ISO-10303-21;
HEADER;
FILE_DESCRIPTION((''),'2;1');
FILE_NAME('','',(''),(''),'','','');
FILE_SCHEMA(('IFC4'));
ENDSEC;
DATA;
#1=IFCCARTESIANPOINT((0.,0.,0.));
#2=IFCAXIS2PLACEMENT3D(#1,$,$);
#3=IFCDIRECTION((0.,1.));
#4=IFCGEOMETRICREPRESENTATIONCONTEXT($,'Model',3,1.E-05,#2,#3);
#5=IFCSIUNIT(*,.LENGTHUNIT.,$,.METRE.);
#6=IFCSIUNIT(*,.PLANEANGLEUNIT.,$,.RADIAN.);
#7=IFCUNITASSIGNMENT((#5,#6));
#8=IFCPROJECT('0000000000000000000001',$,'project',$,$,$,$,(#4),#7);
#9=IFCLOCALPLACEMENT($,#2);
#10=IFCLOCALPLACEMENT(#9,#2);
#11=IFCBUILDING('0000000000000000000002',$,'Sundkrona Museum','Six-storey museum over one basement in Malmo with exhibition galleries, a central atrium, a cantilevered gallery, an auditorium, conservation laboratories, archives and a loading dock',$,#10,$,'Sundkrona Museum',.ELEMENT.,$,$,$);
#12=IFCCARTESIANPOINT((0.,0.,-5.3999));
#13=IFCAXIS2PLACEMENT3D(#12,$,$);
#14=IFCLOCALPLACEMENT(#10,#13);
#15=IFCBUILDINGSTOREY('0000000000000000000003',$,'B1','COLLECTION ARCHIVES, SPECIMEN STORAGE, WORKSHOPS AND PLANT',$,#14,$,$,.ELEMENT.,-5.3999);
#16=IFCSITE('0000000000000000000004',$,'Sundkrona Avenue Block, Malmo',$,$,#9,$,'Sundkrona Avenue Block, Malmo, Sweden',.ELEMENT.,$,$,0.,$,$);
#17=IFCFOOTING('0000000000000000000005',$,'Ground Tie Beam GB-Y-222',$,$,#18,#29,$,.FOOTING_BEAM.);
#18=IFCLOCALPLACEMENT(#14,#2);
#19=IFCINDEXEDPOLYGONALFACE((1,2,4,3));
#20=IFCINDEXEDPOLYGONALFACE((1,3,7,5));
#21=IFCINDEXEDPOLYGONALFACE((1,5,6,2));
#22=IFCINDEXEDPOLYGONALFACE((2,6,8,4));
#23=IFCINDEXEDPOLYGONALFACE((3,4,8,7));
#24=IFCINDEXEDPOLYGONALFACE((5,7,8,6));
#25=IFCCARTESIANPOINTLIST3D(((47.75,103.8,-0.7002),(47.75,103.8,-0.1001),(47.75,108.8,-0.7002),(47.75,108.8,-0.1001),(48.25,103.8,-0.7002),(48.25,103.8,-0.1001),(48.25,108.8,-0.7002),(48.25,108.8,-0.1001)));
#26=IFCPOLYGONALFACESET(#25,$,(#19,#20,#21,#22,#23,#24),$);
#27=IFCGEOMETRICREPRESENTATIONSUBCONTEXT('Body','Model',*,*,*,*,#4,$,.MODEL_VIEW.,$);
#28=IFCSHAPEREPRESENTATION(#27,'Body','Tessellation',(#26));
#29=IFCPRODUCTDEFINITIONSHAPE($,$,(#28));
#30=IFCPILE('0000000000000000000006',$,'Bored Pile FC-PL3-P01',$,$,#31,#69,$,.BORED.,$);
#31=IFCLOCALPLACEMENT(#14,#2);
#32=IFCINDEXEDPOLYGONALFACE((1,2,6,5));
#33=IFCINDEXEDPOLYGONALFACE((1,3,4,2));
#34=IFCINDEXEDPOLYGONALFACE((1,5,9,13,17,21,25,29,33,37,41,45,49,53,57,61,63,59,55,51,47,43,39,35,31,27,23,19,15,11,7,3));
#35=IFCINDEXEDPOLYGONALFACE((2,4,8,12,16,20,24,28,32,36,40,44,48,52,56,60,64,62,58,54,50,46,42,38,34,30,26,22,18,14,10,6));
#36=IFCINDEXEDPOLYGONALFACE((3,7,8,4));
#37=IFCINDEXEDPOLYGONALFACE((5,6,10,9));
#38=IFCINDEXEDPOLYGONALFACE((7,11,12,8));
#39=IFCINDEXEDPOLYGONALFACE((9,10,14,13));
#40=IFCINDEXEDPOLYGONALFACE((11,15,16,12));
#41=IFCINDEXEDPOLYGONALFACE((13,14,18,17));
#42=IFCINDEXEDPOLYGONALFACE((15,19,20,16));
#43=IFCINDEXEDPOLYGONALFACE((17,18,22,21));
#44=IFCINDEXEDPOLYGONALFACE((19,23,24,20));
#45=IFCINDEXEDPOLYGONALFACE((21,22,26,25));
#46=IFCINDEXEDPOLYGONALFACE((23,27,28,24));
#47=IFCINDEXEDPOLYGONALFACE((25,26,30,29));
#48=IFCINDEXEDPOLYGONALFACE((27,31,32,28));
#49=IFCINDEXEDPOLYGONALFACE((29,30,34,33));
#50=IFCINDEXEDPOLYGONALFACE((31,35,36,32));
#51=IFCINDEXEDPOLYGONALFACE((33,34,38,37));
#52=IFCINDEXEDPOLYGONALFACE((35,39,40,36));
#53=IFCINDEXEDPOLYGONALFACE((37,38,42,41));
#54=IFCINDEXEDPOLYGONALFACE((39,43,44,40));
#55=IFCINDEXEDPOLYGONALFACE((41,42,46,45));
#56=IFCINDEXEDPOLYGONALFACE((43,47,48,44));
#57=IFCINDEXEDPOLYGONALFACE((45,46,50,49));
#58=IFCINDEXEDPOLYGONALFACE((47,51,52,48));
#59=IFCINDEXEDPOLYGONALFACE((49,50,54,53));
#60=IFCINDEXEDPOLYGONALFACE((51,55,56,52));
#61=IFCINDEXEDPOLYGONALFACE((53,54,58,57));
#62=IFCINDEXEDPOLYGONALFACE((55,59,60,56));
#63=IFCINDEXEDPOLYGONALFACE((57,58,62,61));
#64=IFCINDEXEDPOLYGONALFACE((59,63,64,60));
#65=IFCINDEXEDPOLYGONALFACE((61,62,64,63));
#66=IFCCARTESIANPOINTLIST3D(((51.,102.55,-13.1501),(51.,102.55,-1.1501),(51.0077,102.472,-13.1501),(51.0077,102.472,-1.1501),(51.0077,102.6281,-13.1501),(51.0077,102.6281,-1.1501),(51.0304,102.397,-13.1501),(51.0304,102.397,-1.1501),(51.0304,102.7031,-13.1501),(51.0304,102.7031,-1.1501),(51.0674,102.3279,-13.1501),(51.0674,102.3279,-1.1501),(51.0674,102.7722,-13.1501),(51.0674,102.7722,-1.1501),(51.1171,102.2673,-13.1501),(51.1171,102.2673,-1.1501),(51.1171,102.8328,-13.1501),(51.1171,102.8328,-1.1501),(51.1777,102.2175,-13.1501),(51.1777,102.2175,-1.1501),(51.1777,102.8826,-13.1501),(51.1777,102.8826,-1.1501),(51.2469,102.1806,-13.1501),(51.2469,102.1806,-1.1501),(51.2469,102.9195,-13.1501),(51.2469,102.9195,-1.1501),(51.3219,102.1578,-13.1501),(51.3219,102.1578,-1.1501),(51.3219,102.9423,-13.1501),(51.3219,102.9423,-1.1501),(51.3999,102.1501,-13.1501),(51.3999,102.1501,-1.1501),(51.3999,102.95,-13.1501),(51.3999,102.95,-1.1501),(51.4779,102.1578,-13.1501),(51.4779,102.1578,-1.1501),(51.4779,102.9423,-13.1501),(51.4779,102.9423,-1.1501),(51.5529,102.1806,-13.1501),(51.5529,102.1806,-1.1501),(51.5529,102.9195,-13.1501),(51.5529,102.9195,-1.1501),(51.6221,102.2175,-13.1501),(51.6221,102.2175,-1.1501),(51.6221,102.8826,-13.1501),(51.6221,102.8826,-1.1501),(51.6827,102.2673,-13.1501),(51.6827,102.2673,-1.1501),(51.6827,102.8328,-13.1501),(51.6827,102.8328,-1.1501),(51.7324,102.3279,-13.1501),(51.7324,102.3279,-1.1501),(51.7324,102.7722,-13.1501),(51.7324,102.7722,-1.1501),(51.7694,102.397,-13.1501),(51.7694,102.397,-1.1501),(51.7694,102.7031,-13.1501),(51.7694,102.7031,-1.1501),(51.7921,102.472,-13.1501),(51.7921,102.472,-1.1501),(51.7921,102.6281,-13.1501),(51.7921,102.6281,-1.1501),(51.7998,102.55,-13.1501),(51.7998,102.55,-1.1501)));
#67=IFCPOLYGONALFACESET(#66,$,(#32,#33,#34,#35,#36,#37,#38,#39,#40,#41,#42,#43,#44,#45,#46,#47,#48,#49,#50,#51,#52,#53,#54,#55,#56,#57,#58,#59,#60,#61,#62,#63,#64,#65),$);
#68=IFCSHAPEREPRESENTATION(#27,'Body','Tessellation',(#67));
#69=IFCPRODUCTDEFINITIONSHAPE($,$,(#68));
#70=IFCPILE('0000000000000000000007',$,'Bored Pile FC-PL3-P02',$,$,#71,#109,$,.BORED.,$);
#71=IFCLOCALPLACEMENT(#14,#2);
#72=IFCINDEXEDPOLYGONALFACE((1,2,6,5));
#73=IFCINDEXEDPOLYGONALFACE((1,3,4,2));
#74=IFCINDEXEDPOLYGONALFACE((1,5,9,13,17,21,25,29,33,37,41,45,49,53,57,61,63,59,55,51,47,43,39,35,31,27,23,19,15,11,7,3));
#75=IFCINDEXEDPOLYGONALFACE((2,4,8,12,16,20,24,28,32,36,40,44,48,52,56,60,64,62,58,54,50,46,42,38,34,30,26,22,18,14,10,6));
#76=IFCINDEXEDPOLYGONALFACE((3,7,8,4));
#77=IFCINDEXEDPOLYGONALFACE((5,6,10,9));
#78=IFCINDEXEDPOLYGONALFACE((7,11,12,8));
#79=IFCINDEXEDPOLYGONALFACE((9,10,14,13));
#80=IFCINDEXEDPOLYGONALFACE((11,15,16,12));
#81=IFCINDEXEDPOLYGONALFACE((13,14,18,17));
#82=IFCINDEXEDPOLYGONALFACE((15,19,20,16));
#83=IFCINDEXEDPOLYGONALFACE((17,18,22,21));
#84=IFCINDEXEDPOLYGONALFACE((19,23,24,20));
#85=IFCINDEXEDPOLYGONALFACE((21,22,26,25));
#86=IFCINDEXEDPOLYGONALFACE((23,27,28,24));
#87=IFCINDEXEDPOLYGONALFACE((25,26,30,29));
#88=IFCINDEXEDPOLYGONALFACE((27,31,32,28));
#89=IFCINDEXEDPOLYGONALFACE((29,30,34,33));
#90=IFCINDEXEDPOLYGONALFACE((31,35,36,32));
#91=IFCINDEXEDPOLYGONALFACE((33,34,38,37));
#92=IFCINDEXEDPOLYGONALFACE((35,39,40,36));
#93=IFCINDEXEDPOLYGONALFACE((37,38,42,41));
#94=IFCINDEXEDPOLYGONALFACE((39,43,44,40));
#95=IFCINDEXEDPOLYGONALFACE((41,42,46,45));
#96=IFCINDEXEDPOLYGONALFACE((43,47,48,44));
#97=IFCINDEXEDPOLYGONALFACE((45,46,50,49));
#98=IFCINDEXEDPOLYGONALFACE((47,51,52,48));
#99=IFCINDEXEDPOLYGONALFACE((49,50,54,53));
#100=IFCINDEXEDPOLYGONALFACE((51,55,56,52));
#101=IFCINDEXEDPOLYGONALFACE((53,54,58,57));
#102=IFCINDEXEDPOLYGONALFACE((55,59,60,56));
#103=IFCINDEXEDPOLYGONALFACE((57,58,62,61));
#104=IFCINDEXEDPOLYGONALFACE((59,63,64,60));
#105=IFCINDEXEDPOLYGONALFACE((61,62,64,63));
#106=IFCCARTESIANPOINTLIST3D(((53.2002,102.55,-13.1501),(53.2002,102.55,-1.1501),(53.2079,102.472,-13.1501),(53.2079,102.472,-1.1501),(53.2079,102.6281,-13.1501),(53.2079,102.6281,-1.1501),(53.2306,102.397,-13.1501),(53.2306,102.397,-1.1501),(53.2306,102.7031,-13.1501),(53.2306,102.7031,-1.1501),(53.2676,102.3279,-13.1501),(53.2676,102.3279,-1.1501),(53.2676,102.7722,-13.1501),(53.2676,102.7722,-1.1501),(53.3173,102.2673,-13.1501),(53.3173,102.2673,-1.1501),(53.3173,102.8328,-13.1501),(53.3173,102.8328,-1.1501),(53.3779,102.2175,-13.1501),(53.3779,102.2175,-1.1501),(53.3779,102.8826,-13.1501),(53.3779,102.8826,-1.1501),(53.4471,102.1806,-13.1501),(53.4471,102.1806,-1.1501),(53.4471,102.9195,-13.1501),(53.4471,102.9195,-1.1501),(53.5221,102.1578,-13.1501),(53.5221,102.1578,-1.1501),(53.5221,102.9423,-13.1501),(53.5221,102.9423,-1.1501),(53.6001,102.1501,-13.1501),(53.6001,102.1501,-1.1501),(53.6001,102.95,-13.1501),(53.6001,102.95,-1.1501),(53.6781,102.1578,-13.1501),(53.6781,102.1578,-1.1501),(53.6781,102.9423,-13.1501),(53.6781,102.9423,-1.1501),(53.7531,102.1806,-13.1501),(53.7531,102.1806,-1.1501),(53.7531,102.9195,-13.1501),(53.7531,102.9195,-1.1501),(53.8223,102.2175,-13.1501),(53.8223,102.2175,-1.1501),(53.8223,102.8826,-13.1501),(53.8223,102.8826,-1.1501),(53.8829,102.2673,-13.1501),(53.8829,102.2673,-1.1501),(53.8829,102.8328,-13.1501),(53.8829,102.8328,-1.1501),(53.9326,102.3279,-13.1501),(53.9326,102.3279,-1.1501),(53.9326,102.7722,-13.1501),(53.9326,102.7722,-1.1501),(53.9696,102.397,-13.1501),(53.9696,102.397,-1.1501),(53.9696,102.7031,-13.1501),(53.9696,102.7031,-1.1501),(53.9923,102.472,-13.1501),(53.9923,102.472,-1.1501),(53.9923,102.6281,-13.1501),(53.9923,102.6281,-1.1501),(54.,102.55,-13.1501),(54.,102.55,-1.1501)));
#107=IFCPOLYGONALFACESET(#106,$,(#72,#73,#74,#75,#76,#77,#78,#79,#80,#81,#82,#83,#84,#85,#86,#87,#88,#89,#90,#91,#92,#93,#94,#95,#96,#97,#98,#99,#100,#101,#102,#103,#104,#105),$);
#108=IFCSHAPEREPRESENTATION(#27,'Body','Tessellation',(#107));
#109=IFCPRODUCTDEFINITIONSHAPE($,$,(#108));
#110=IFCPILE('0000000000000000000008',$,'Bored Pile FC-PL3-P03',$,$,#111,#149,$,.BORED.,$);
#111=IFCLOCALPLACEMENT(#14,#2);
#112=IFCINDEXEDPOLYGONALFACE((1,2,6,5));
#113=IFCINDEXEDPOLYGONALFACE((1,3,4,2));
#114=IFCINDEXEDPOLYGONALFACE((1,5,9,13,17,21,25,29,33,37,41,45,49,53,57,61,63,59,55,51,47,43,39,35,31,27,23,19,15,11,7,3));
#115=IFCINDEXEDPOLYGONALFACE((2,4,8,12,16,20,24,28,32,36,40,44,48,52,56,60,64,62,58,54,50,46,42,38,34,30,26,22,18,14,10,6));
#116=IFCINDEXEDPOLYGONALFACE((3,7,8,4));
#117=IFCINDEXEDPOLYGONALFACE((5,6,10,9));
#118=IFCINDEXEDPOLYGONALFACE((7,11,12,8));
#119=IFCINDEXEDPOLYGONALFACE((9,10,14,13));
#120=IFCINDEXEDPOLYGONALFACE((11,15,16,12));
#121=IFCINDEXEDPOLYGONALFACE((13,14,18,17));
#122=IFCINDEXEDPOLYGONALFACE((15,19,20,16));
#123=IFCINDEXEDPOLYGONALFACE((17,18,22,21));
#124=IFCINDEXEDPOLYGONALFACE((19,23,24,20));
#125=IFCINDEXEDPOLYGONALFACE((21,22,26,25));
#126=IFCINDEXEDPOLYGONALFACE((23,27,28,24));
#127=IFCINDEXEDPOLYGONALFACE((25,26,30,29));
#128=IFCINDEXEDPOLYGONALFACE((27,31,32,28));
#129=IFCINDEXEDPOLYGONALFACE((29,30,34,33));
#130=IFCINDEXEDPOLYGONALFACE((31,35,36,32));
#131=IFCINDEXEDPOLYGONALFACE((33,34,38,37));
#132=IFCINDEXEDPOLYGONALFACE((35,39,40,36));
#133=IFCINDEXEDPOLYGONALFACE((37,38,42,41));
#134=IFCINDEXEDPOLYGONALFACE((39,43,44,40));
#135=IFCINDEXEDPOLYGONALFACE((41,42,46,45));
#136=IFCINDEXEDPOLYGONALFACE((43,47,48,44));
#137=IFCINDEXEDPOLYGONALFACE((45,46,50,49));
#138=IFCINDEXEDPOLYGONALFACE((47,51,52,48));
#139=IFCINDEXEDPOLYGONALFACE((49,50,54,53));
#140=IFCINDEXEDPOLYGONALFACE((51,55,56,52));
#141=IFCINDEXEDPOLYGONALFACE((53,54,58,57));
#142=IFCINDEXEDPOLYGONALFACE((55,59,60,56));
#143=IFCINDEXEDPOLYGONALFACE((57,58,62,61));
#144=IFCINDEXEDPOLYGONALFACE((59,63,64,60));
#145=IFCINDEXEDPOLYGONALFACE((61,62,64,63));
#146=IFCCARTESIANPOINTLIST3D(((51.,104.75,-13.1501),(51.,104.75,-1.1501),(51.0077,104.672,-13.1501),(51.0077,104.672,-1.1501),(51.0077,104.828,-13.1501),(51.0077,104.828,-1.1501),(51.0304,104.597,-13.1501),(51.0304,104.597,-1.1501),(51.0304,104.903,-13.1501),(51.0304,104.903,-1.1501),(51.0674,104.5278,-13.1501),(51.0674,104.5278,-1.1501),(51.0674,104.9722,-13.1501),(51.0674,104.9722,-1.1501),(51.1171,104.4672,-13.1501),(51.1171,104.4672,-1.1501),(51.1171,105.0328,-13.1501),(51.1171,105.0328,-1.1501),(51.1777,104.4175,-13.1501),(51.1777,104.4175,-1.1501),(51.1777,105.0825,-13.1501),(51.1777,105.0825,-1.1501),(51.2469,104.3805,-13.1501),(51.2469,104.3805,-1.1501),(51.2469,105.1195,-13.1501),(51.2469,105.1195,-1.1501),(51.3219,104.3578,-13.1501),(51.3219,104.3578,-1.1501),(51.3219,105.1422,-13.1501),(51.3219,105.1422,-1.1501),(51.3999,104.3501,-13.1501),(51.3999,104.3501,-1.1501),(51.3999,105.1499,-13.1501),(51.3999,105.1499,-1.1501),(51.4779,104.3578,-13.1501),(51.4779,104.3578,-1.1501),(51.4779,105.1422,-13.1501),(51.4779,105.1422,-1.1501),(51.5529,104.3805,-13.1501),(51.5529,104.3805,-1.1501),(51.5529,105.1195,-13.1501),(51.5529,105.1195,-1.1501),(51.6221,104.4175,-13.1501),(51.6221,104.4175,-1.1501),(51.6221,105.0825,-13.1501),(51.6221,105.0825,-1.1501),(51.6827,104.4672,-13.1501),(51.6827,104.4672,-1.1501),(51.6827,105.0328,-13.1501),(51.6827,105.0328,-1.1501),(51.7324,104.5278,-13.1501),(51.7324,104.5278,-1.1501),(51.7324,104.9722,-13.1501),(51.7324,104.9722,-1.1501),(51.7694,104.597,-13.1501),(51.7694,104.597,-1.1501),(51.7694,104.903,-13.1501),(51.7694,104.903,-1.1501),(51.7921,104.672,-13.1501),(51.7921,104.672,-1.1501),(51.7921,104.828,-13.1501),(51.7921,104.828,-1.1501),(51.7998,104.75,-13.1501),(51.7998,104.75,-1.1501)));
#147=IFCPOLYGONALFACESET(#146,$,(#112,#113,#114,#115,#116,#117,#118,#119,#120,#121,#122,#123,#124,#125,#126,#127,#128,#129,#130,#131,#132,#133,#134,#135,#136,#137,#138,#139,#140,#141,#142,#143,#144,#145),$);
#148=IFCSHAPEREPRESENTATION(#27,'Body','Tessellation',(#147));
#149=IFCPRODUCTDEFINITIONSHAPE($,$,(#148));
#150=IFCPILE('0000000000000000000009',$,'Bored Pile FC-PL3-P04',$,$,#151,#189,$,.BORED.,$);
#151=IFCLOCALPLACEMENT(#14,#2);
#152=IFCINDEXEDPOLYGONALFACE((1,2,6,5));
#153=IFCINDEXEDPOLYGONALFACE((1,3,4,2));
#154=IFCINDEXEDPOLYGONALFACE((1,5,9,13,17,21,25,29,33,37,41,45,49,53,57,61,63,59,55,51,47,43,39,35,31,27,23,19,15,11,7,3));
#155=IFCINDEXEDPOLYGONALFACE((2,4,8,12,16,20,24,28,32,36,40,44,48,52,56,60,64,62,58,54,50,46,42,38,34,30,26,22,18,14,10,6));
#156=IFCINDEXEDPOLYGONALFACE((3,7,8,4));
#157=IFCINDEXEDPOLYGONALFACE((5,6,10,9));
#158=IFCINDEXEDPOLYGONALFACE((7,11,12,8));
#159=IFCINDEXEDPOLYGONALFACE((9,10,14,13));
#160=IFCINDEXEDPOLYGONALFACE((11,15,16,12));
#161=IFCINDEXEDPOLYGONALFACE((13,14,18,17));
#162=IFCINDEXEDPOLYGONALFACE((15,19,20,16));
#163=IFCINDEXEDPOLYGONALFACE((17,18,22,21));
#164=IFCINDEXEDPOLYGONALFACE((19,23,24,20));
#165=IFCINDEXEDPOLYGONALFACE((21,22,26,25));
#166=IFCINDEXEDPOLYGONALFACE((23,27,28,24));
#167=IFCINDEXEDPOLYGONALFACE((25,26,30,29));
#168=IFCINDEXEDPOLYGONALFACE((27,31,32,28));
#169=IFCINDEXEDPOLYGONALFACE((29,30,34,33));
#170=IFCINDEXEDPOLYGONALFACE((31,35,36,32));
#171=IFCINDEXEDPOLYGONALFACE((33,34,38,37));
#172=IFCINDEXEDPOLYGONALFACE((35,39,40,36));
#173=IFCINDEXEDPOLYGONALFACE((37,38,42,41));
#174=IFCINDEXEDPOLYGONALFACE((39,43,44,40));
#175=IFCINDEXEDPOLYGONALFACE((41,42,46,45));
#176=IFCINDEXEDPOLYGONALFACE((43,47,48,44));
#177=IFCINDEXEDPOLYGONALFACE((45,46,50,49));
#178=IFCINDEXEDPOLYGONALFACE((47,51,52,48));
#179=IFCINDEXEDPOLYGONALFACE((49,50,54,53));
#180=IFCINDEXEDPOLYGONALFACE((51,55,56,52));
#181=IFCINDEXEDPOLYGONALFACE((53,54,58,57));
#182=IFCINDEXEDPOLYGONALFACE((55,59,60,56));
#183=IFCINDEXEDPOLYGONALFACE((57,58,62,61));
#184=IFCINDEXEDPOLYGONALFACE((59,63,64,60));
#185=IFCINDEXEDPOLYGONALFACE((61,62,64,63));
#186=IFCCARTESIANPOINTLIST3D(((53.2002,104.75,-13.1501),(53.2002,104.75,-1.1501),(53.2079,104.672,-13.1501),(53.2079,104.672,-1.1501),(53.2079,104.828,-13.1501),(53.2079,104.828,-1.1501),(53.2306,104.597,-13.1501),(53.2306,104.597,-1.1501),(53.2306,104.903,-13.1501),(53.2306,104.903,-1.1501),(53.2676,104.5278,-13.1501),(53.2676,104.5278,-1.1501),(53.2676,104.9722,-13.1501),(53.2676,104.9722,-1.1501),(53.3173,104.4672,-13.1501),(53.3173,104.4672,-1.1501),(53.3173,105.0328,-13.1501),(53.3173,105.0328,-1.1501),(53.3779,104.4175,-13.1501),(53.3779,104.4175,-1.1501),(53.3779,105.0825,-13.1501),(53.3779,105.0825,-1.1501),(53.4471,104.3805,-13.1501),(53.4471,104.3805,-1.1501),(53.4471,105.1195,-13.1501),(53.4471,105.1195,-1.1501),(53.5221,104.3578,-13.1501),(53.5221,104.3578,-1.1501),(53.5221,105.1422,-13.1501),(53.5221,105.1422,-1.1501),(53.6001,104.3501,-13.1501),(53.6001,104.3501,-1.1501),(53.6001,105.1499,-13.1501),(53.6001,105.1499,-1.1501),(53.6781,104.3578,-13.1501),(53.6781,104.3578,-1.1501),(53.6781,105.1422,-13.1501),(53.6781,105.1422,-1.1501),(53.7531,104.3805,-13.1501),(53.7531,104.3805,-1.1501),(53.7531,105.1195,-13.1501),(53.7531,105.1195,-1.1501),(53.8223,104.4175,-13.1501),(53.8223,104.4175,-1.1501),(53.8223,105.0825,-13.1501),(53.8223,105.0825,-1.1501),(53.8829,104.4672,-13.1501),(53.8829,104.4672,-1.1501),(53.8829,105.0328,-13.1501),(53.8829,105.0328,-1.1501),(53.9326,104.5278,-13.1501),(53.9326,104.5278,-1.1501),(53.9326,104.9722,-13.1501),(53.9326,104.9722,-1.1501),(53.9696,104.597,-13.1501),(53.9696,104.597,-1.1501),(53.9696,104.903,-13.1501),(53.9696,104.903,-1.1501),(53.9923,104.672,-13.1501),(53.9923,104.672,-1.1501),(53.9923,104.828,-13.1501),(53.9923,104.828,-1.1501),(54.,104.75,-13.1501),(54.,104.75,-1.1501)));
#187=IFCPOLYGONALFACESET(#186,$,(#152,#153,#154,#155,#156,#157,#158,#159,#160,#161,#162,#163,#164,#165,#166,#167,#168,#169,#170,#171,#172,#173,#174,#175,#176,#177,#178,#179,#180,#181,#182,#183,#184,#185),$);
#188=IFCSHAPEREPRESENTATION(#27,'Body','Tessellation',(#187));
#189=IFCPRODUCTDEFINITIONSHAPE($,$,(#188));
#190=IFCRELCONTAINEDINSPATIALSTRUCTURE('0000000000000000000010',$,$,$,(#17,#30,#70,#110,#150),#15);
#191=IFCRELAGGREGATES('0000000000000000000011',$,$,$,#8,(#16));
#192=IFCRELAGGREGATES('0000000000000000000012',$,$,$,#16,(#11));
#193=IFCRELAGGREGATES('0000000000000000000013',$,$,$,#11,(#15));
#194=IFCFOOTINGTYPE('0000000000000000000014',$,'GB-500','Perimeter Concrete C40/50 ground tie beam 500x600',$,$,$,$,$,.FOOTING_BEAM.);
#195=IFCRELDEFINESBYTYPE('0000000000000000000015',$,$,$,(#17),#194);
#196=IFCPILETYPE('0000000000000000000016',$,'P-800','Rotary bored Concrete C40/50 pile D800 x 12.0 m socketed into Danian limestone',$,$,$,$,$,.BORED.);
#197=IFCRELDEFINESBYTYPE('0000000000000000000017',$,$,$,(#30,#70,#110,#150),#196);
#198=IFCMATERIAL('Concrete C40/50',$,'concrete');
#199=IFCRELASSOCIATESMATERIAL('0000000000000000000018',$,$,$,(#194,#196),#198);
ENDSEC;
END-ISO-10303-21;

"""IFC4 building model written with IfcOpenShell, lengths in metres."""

from ifc_helpers import new_model, si_unit, direction, frame, origin, origin_2d, place, context, subcontext, project, spatial, rectangle, circle, extrude, material, material_profile, profile_set, type_object, element, save


model = new_model("IFC4")

# Units and contexts
model_context = context("Model", 3, precision=1e-05, world=origin(), true_north=direction((0.0, 1.0)))
body_context = subcontext(model_context, "Body", "Model", "MODEL_VIEW")
ifc_project = project(units=[si_unit("LENGTHUNIT", "METRE"), si_unit("PLANEANGLEUNIT", "RADIAN")], contexts=[model_context])

# Site, building, storey
site_placement = place(None, origin())
site = spatial("IfcSite", under=ifc_project, at=site_placement, Name="Sundkrona Avenue Block, Malmo", LongName="Sundkrona Avenue Block, Malmo, Sweden", CompositionType="ELEMENT", RefElevation=0.0)
building_placement = place(site_placement, origin())
building = spatial("IfcBuilding", under=site, at=building_placement, Name="Sundkrona Museum", Description="Six-storey museum over one basement in Malmo with exhibition galleries, a central atrium, a cantilevered gallery, an auditorium, conservation laboratories, archives and a loading dock", LongName="Sundkrona Museum", CompositionType="ELEMENT")
storey_placement = place(building_placement, frame((0.0, 0.0, -5.3999)))
storey = spatial("IfcBuildingStorey", under=building, at=storey_placement, Name="B1", Description="COLLECTION ARCHIVES, SPECIMEN STORAGE, WORKSHOPS AND PLANT", CompositionType="ELEMENT", Elevation=-5.3999)

# Footing
ifc_material_1 = material(Name="Concrete C40/50", Category="concrete")
footing_type_1 = type_object("IfcFootingType", Name="GB-500", Description="Perimeter Concrete C40/50 ground tie beam 500x600", PredefinedType="FOOTING_BEAM", material=ifc_material_1)
footing_1_placement = place(storey_placement, frame((48.0, 106.3, -0.7002), z_axis=(0.0, 0.0, 1.0), x_axis=(0.0, 1.0, 0.0)))
element("IfcFooting", 1, at=footing_1_placement, inside=storey, type_object=footing_type_1, Name="Ground Tie Beam GB-Y-222", PredefinedType="FOOTING_BEAM", context=body_context, shape_type="SweptSolid", body=[
    extrude(rectangle(XDim=5.0, YDim=0.5, at=origin_2d()), origin(), (0.0, 0.0, 1.0), 0.6001),
])

# Piles
ifc_material_profile_1 = material_profile(ifc_material_1, circle(Radius=0.3999, at=origin_2d()), Name="PILE D800")
ifc_profile_set_1 = profile_set([ifc_material_profile_1], Name="Concrete C40/50")
pile_type = type_object("IfcPileType", Name="P-800", Description="Rotary bored Concrete C40/50 pile D800 x 12.0 m socketed into Danian limestone", PredefinedType="BORED", material=ifc_profile_set_1)
for number, where, z_axis, x_axis, name in (
    (2, (51.3999, 102.55, -1.1501), (0.0, 0.0, -1.0), (1.0, 0.0, 0.0), "Bored Pile FC-PL3-P01"),
    (3, (53.6001, 102.55, -1.1501), (0.0, 0.0, -1.0), (1.0, 0.0, 0.0), "Bored Pile FC-PL3-P02"),
    (4, (51.3999, 104.75, -1.1501), (0.0, 0.0, -1.0), (1.0, 0.0, 0.0), "Bored Pile FC-PL3-P03"),
    (5, (53.6001, 104.75, -1.1501), (0.0, 0.0, -1.0), (1.0, 0.0, 0.0), "Bored Pile FC-PL3-P04"),
):
    element("IfcPile", number, at=place(storey_placement, frame(where, z_axis=z_axis, x_axis=x_axis)), inside=storey, type_object=pile_type, Name=name, PredefinedType="BORED", context=body_context, shape_type="SweptSolid", body=[
        extrude(circle(Radius=0.3999, at=origin_2d()), origin(), (0.0, 0.0, 1.0), 12.0),
    ])

save(model, "model.ifc")
